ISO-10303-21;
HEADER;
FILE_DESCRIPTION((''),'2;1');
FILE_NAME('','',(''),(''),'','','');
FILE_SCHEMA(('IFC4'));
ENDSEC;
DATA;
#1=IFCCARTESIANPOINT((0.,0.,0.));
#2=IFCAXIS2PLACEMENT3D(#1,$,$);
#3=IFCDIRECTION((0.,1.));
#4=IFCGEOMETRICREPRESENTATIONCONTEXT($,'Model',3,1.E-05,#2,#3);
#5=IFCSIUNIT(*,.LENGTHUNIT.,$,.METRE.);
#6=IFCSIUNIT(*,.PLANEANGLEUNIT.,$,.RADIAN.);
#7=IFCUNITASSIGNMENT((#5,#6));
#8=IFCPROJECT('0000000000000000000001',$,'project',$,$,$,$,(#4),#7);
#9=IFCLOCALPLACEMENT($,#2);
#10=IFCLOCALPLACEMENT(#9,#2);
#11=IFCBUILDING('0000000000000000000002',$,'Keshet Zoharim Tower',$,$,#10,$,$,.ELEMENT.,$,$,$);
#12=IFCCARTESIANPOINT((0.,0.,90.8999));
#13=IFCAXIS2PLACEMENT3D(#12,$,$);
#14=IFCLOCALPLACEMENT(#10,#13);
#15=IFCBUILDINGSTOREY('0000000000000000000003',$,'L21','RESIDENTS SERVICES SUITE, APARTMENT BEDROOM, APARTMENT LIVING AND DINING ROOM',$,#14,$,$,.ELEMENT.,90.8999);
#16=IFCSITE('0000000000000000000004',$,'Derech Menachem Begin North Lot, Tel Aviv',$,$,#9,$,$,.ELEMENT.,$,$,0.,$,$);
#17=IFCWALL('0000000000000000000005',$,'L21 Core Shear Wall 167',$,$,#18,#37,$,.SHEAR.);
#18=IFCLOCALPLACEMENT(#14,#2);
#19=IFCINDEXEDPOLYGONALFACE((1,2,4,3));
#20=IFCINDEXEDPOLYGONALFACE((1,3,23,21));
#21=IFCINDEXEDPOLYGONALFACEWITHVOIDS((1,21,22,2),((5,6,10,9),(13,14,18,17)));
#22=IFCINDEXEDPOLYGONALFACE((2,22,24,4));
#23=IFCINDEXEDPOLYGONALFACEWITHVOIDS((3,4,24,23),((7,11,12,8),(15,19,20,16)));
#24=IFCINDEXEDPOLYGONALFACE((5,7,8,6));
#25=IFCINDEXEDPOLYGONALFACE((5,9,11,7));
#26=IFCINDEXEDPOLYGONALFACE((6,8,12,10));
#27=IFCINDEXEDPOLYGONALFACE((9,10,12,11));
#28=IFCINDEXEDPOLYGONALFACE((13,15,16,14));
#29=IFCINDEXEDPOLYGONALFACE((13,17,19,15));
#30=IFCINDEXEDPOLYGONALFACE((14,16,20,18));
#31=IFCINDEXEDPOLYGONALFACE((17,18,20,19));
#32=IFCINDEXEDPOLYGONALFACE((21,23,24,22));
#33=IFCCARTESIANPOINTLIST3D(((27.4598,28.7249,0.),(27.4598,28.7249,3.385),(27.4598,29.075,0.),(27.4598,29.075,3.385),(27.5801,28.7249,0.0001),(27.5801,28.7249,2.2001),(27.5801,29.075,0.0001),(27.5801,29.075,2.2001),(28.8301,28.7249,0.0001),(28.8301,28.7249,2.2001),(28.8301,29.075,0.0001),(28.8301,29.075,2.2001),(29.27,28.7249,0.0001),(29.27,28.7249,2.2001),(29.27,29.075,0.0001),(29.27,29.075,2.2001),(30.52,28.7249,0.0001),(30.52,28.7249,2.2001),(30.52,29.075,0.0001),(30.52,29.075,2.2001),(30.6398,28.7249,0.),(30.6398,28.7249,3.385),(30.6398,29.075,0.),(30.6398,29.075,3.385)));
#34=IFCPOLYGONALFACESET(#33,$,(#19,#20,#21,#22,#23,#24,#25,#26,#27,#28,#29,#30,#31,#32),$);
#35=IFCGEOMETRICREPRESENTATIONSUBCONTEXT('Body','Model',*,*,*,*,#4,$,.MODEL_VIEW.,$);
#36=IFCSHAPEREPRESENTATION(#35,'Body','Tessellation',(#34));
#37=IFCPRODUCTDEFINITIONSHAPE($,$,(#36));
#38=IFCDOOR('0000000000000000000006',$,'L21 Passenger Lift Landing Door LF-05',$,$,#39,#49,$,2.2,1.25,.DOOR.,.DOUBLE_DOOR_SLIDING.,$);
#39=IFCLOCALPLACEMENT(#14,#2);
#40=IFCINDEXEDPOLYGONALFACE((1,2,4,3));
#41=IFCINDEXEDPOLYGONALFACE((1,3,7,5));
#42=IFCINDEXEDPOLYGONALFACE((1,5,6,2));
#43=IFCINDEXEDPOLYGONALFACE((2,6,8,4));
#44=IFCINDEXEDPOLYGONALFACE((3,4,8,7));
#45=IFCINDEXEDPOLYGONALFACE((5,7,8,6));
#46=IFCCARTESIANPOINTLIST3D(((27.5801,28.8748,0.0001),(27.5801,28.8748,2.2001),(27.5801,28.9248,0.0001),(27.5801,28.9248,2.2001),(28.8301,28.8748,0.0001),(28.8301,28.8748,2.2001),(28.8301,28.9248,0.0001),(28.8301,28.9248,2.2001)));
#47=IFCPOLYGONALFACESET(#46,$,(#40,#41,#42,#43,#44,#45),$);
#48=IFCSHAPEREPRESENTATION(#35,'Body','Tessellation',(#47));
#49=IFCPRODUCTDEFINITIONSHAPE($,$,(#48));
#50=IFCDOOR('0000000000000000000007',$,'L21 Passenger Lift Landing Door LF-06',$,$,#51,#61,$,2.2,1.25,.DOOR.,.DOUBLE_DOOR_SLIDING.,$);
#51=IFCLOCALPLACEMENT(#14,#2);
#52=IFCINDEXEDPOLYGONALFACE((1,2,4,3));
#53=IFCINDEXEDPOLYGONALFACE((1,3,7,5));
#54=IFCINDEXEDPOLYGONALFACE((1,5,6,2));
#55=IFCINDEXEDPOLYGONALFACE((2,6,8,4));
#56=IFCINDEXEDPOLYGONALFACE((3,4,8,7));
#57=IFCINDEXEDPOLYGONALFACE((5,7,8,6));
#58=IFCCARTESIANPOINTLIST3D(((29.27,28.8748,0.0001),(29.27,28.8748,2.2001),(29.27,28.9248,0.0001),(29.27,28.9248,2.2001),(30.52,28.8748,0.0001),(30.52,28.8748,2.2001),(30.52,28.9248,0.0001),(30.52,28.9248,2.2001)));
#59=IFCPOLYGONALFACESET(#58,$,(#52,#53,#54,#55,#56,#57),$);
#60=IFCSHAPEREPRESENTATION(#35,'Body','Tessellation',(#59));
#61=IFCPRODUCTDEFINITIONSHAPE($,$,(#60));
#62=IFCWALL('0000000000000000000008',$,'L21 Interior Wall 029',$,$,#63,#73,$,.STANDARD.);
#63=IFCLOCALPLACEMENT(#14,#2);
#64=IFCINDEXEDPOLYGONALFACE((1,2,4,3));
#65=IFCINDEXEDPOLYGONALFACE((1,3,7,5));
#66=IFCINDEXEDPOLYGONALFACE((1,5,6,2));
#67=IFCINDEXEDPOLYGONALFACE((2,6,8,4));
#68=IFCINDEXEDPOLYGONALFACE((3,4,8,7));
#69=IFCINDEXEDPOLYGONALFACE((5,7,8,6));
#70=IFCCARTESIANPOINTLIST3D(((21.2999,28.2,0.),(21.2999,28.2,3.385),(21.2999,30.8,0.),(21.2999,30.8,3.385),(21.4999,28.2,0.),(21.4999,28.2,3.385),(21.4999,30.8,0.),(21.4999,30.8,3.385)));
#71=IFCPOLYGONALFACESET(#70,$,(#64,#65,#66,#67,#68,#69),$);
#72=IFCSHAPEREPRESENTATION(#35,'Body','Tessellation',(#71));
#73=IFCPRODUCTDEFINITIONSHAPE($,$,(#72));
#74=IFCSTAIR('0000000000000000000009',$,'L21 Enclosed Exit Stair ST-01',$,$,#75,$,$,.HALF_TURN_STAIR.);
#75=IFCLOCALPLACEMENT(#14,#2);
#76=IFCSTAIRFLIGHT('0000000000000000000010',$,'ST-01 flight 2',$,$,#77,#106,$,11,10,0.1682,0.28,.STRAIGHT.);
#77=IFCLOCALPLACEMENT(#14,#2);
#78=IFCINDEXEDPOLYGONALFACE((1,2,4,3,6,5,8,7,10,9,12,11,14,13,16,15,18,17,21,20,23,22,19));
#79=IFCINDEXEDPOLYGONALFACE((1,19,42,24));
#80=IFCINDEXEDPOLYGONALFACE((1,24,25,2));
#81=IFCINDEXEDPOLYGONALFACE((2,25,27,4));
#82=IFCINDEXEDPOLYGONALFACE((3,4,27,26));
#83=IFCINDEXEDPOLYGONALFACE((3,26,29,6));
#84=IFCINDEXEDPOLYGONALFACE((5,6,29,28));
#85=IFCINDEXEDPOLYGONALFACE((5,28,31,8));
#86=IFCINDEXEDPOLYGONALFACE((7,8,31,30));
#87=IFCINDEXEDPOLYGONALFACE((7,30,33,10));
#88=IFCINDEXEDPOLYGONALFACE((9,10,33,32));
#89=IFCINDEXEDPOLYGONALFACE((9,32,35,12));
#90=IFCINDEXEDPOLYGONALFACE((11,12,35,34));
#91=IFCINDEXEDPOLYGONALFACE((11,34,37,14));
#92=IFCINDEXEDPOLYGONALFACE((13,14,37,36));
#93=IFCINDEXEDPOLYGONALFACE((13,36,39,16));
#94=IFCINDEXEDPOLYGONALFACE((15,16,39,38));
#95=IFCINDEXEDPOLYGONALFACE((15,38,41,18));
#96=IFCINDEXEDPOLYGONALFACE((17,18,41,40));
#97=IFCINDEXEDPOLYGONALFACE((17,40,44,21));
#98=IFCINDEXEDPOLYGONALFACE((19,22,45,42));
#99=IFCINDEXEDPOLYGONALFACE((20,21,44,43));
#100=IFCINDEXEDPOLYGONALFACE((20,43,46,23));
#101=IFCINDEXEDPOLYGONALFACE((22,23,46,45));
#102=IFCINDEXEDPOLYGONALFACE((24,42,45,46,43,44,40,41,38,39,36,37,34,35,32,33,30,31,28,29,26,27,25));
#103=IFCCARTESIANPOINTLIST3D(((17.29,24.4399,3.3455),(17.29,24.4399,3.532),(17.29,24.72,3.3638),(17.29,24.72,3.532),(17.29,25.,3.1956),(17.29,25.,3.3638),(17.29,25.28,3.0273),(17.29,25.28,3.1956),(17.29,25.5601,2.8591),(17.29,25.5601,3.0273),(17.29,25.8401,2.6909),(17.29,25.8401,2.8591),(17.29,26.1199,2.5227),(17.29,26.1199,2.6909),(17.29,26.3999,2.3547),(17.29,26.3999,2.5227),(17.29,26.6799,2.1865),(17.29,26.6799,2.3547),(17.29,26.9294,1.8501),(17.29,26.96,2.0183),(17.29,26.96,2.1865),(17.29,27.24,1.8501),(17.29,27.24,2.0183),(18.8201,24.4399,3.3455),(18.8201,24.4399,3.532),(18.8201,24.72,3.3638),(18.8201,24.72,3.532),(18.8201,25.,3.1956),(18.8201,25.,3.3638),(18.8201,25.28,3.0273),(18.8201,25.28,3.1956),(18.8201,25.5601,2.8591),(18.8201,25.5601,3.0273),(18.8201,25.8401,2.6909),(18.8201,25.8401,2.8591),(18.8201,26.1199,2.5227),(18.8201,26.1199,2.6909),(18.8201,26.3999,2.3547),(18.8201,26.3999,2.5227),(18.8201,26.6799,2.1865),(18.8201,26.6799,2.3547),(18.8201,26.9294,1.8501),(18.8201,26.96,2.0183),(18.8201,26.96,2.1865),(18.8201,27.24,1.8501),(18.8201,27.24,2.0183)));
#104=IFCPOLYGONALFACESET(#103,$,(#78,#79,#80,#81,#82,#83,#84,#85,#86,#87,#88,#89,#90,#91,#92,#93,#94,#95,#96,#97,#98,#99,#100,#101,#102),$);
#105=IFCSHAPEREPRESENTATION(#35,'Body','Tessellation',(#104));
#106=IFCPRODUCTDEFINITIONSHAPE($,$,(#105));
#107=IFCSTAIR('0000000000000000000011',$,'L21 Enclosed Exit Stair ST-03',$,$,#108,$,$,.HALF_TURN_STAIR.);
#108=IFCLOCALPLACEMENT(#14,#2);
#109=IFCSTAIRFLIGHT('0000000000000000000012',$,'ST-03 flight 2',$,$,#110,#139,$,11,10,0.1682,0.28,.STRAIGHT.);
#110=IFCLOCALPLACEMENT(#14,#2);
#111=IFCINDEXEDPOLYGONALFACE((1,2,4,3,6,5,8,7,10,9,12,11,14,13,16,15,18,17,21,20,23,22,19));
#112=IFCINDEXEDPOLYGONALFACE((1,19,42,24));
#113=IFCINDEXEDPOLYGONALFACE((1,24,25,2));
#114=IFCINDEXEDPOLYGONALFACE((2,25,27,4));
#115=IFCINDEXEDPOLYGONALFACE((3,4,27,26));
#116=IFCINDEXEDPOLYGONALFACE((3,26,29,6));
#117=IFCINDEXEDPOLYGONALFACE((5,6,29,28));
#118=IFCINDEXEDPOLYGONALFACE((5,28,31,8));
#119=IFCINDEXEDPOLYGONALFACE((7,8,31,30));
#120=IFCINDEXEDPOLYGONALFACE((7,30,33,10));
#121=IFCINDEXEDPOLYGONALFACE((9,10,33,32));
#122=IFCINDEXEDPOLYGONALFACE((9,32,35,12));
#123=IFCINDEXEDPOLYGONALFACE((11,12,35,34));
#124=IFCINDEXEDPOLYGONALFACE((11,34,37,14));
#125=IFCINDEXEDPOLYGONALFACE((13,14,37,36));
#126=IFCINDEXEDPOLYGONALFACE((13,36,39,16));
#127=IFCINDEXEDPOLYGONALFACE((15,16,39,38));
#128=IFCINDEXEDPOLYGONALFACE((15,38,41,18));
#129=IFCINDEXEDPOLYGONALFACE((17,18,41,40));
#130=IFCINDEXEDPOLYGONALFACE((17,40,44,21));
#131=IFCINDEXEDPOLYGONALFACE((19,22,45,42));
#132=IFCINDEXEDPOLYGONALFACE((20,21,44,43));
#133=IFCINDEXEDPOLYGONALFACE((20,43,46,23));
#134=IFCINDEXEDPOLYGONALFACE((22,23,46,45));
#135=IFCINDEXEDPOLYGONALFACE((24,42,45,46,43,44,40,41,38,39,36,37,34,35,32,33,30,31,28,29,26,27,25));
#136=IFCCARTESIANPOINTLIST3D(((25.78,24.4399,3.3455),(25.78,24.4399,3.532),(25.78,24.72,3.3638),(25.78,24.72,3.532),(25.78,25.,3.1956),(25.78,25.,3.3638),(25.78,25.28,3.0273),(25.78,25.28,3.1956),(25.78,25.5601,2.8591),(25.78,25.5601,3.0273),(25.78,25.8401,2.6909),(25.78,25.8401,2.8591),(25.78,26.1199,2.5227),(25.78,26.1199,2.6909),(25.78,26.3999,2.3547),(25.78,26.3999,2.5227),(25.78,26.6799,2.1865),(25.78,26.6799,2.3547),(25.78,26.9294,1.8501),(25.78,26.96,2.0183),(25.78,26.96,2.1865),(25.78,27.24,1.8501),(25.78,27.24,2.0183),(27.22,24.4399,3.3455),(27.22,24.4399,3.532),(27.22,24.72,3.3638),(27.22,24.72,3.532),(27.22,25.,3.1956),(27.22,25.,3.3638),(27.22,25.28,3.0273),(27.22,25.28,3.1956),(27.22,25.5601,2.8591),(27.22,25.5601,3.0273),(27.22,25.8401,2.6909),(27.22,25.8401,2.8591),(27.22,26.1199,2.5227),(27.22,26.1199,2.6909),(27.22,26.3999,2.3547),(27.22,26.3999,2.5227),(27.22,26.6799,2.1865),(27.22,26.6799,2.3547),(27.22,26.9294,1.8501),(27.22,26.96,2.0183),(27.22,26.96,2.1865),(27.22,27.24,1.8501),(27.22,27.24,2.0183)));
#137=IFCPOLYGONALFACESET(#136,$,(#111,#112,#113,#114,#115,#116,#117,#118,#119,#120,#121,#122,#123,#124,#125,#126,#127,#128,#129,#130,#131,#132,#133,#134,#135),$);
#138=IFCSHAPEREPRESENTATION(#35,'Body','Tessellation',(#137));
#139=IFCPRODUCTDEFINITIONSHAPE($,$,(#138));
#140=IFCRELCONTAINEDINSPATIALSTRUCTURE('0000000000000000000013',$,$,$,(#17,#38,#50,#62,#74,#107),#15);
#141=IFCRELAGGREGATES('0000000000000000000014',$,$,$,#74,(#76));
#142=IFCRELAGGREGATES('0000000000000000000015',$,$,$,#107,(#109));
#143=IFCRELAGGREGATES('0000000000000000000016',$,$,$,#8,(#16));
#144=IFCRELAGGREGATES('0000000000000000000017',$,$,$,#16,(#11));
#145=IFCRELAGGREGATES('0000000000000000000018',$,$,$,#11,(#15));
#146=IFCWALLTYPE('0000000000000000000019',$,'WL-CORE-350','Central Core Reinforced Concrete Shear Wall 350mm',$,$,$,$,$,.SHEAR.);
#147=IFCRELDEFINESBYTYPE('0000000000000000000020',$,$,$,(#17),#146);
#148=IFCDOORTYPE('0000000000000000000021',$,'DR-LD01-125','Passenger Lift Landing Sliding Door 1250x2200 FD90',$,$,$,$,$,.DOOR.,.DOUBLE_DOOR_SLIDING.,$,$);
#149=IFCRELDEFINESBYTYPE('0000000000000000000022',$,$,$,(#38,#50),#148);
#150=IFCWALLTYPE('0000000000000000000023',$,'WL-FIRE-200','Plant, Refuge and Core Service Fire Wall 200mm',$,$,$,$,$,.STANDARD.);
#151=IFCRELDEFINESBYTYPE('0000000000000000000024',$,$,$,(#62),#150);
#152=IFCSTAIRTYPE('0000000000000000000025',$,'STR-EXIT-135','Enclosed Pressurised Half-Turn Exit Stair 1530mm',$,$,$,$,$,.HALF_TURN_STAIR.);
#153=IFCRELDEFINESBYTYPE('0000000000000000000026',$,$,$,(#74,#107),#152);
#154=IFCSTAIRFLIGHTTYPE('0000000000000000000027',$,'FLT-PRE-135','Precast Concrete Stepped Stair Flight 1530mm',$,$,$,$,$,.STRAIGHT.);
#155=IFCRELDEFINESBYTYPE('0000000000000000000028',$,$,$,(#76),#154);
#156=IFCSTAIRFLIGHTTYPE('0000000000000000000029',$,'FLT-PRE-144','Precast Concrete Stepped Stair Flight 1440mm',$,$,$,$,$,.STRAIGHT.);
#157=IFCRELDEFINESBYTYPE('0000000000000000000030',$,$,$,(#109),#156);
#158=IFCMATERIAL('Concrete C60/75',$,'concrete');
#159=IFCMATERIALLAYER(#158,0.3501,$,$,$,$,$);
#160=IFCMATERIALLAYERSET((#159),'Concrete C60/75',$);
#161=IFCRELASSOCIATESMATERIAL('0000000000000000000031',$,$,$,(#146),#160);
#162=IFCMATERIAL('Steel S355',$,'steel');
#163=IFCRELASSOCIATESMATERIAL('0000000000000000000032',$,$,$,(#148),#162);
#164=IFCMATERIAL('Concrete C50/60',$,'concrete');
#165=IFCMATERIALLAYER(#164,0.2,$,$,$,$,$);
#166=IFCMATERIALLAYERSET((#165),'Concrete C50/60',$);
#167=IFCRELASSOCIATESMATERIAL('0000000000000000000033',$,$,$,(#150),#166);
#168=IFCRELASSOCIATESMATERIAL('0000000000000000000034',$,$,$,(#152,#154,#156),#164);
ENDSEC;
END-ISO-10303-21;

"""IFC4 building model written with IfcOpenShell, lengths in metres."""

from ifc_helpers import new_model, si_unit, direction, frame, frame_2d, origin, place, context, subcontext, project, spatial, polyline, rectangle, outline, extrude, material, layer, layer_set, type_object, element, fill, aggregate, save


model = new_model("IFC4")

# Units and contexts
model_context = context("Model", 3, precision=1e-05, world=origin(), true_north=direction((0.0, 1.0)))
body_context = subcontext(model_context, "Body", "Model", "MODEL_VIEW")
ifc_project = project(units=[si_unit("LENGTHUNIT", "METRE"), si_unit("PLANEANGLEUNIT", "RADIAN")], contexts=[model_context])

# Site, building, storey
site_placement = place(None, origin())
site = spatial("IfcSite", under=ifc_project, at=site_placement, Name="Derech Menachem Begin North Lot, Tel Aviv", CompositionType="ELEMENT", RefElevation=0.0)
building_placement = place(site_placement, origin())
building = spatial("IfcBuilding", under=site, at=building_placement, Name="Keshet Zoharim Tower", CompositionType="ELEMENT")
storey_placement = place(building_placement, frame((0.0, 0.0, 90.8999)))
storey = spatial("IfcBuildingStorey", under=building, at=storey_placement, Name="L21", Description="RESIDENTS SERVICES SUITE, APARTMENT BEDROOM, APARTMENT LIVING AND DINING ROOM", CompositionType="ELEMENT", Elevation=90.8999)

# Shared definitions
ifc_material_1 = material(Name="Concrete C60/75", Category="concrete")
ifc_layer_1 = layer(ifc_material_1, 0.3501)
ifc_layer_set_1 = layer_set([ifc_layer_1], Name="Concrete C60/75")
wall_type_1 = type_object("IfcWallType", Name="WL-CORE-350", Description="Central Core Reinforced Concrete Shear Wall 350mm", PredefinedType="SHEAR", material=ifc_layer_set_1)

# Wall, openings, doors
ifc_material_2 = material(Name="Steel S355", Category="steel")
door_type_1 = type_object("IfcDoorType", Name="DR-LD01-125", Description="Passenger Lift Landing Sliding Door 1250x2200 FD90", OperationType="DOUBLE_DOOR_SLIDING", PredefinedType="DOOR", material=ifc_material_2)
wall_1_placement = place(storey_placement, frame((27.46, 28.8999, 0.0), z_axis=(0.0, 0.0, 1.0), x_axis=(1.0, 0.0, 0.0)))
wall_1 = element("IfcWall", 1, at=wall_1_placement, inside=storey, type_object=wall_type_1, Name="L21 Core Shear Wall 167", PredefinedType="SHEAR", context=body_context, shape_type="SweptSolid", body=[
    extrude(rectangle(XDim=3.1799, YDim=0.3501, at=frame_2d((1.5898, 0.0))), origin(), (0.0, 0.0, 1.0), 3.385),
])
opening_1_placement = place(wall_1_placement, frame((0.1201, 0.0, 0.0)))
opening_1 = element("IfcOpeningElement", 2, at=opening_1_placement, cuts=wall_1, PredefinedType="OPENING", context=body_context, shape_type="SweptSolid", body=[
    extrude(rectangle(XDim=1.25, YDim=2.2, at=frame_2d((0.625, 1.1001))), frame((0.0, 0.1851, 0.0), z_axis=(0.0, -1.0, 0.0), x_axis=(1.0, 0.0, 0.0)), (0.0, 0.0, 1.0), 0.3701),
])
opening_2_placement = place(wall_1_placement, frame((1.8101, 0.0, 0.0)))
opening_2 = element("IfcOpeningElement", 3, at=opening_2_placement, cuts=wall_1, PredefinedType="OPENING", context=body_context, shape_type="SweptSolid", body=[
    extrude(rectangle(XDim=1.25, YDim=2.2, at=frame_2d((0.625, 1.1001))), frame((0.0, 0.1851, 0.0), z_axis=(0.0, -1.0, 0.0), x_axis=(1.0, 0.0, 0.0)), (0.0, 0.0, 1.0), 0.3701),
])
door_1_placement = place(opening_1_placement, origin())
door_1 = element("IfcDoor", 4, at=door_1_placement, inside=storey, type_object=door_type_1, Name="L21 Passenger Lift Landing Door LF-05", OperationType="DOUBLE_DOOR_SLIDING", OverallHeight=2.2, OverallWidth=1.25, PredefinedType="DOOR", context=body_context, shape_type="SweptSolid", body=[
    extrude(rectangle(XDim=1.25, YDim=2.2, at=frame_2d((0.625, 1.1001))), frame((0.0, 0.0249, 0.0), z_axis=(0.0, -1.0, 0.0), x_axis=(1.0, 0.0, 0.0)), (0.0, 0.0, 1.0), 0.05),
])
fill(opening_1, door_1)
door_2_placement = place(opening_2_placement, origin())
door_2 = element("IfcDoor", 5, at=door_2_placement, inside=storey, type_object=door_type_1, Name="L21 Passenger Lift Landing Door LF-06", OperationType="DOUBLE_DOOR_SLIDING", OverallHeight=2.2, OverallWidth=1.25, PredefinedType="DOOR", context=body_context, shape_type="SweptSolid", body=[
    extrude(rectangle(XDim=1.25, YDim=2.2, at=frame_2d((0.625, 1.1001))), frame((0.0, 0.0249, 0.0), z_axis=(0.0, -1.0, 0.0), x_axis=(1.0, 0.0, 0.0)), (0.0, 0.0, 1.0), 0.05),
])
fill(opening_2, door_2)

# Wall
ifc_material_3 = material(Name="Concrete C50/60", Category="concrete")
ifc_layer_2 = layer(ifc_material_3, 0.2)
ifc_layer_set_2 = layer_set([ifc_layer_2], Name="Concrete C50/60")
wall_type_2 = type_object("IfcWallType", Name="WL-FIRE-200", Description="Plant, Refuge and Core Service Fire Wall 200mm", PredefinedType="STANDARD", material=ifc_layer_set_2)
wall_2_placement = place(storey_placement, frame((21.3999, 28.2, 0.0), z_axis=(0.0, 0.0, 1.0), x_axis=(0.0, 1.0, 0.0)))
element("IfcWall", 6, at=wall_2_placement, inside=storey, type_object=wall_type_2, Name="L21 Interior Wall 029", PredefinedType="STANDARD", context=body_context, shape_type="SweptSolid", body=[
    extrude(rectangle(XDim=2.6001, YDim=0.2, at=frame_2d((1.3, 0.0))), origin(), (0.0, 0.0, 1.0), 3.385),
])

# Stairs, stair flights
stair_type = type_object("IfcStairType", Name="STR-EXIT-135", Description="Enclosed Pressurised Half-Turn Exit Stair 1530mm", PredefinedType="HALF_TURN_STAIR", material=ifc_material_3)
stair_1_placement = place(storey_placement, origin())
stair_1 = element("IfcStair", 7, at=stair_1_placement, inside=storey, type_object=stair_type, Name="L21 Enclosed Exit Stair ST-01", PredefinedType="HALF_TURN_STAIR")
stair_flight_type_1 = type_object("IfcStairFlightType", Name="FLT-PRE-135", Description="Precast Concrete Stepped Stair Flight 1530mm", PredefinedType="STRAIGHT", material=ifc_material_3)
stair_flight_1_placement = place(storey_placement, frame((18.0549, 27.24, 1.8501), z_axis=(0.0, 0.0, 1.0), x_axis=(0.0, -1.0, 0.0)))
stair_flight_1 = element("IfcStairFlight", 8, at=stair_flight_1_placement, type_object=stair_flight_type_1, Name="ST-01 flight 2", NumberOfRisers=11, NumberOfTreads=10, PredefinedType="STRAIGHT", RiserHeight=0.1682, TreadLength=0.28, context=body_context, shape_type="SweptSolid", body=[
    extrude(outline(polyline([(0.0, 0.0), (0.0, 0.1682), (0.28, 0.1682), (0.28, 0.3364), (0.5601, 0.3364), (0.5601, 0.5046), (0.8401, 0.5046), (0.8401, 0.6726), (1.1201, 0.6726), (1.1201, 0.8408), (1.3999, 0.8408), (1.3999, 1.009), (1.6799, 1.009), (1.6799, 1.1772), (1.96, 1.1772), (1.96, 1.3455), (2.24, 1.3455), (2.24, 1.5137), (2.52, 1.5137), (2.52, 1.6819), (2.8, 1.6819), (2.8, 1.8501), (2.8, 1.4954), (0.3105, 0.0), (0.0, 0.0)])), frame((0.0, 0.7651, 0.0), z_axis=(0.0, -1.0, 0.0), x_axis=(1.0, 0.0, 0.0)), (0.0, 0.0, 1.0), 1.53),
])
aggregate(stair_1, [stair_flight_1])
stair_2_placement = place(storey_placement, origin())
stair_2 = element("IfcStair", 9, at=stair_2_placement, inside=storey, type_object=stair_type, Name="L21 Enclosed Exit Stair ST-03", PredefinedType="HALF_TURN_STAIR")
stair_flight_type_2 = type_object("IfcStairFlightType", Name="FLT-PRE-144", Description="Precast Concrete Stepped Stair Flight 1440mm", PredefinedType="STRAIGHT", material=ifc_material_3)
stair_flight_2_placement = place(storey_placement, frame((26.5, 27.24, 1.8501), z_axis=(0.0, 0.0, 1.0), x_axis=(0.0, -1.0, 0.0)))
stair_flight_2 = element("IfcStairFlight", 10, at=stair_flight_2_placement, type_object=stair_flight_type_2, Name="ST-03 flight 2", NumberOfRisers=11, NumberOfTreads=10, PredefinedType="STRAIGHT", RiserHeight=0.1682, TreadLength=0.28, context=body_context, shape_type="SweptSolid", body=[
    extrude(outline(polyline([(0.0, 0.0), (0.0, 0.1682), (0.28, 0.1682), (0.28, 0.3364), (0.5601, 0.3364), (0.5601, 0.5046), (0.8401, 0.5046), (0.8401, 0.6726), (1.1201, 0.6726), (1.1201, 0.8408), (1.3999, 0.8408), (1.3999, 1.009), (1.6799, 1.009), (1.6799, 1.1772), (1.96, 1.1772), (1.96, 1.3455), (2.24, 1.3455), (2.24, 1.5137), (2.52, 1.5137), (2.52, 1.6819), (2.8, 1.6819), (2.8, 1.8501), (2.8, 1.4954), (0.3105, 0.0), (0.0, 0.0)])), frame((0.0, 0.72, 0.0), z_axis=(0.0, -1.0, 0.0), x_axis=(1.0, 0.0, 0.0)), (0.0, 0.0, 1.0), 1.4399),
])
aggregate(stair_2, [stair_flight_2])

save(model, "model.ifc")
